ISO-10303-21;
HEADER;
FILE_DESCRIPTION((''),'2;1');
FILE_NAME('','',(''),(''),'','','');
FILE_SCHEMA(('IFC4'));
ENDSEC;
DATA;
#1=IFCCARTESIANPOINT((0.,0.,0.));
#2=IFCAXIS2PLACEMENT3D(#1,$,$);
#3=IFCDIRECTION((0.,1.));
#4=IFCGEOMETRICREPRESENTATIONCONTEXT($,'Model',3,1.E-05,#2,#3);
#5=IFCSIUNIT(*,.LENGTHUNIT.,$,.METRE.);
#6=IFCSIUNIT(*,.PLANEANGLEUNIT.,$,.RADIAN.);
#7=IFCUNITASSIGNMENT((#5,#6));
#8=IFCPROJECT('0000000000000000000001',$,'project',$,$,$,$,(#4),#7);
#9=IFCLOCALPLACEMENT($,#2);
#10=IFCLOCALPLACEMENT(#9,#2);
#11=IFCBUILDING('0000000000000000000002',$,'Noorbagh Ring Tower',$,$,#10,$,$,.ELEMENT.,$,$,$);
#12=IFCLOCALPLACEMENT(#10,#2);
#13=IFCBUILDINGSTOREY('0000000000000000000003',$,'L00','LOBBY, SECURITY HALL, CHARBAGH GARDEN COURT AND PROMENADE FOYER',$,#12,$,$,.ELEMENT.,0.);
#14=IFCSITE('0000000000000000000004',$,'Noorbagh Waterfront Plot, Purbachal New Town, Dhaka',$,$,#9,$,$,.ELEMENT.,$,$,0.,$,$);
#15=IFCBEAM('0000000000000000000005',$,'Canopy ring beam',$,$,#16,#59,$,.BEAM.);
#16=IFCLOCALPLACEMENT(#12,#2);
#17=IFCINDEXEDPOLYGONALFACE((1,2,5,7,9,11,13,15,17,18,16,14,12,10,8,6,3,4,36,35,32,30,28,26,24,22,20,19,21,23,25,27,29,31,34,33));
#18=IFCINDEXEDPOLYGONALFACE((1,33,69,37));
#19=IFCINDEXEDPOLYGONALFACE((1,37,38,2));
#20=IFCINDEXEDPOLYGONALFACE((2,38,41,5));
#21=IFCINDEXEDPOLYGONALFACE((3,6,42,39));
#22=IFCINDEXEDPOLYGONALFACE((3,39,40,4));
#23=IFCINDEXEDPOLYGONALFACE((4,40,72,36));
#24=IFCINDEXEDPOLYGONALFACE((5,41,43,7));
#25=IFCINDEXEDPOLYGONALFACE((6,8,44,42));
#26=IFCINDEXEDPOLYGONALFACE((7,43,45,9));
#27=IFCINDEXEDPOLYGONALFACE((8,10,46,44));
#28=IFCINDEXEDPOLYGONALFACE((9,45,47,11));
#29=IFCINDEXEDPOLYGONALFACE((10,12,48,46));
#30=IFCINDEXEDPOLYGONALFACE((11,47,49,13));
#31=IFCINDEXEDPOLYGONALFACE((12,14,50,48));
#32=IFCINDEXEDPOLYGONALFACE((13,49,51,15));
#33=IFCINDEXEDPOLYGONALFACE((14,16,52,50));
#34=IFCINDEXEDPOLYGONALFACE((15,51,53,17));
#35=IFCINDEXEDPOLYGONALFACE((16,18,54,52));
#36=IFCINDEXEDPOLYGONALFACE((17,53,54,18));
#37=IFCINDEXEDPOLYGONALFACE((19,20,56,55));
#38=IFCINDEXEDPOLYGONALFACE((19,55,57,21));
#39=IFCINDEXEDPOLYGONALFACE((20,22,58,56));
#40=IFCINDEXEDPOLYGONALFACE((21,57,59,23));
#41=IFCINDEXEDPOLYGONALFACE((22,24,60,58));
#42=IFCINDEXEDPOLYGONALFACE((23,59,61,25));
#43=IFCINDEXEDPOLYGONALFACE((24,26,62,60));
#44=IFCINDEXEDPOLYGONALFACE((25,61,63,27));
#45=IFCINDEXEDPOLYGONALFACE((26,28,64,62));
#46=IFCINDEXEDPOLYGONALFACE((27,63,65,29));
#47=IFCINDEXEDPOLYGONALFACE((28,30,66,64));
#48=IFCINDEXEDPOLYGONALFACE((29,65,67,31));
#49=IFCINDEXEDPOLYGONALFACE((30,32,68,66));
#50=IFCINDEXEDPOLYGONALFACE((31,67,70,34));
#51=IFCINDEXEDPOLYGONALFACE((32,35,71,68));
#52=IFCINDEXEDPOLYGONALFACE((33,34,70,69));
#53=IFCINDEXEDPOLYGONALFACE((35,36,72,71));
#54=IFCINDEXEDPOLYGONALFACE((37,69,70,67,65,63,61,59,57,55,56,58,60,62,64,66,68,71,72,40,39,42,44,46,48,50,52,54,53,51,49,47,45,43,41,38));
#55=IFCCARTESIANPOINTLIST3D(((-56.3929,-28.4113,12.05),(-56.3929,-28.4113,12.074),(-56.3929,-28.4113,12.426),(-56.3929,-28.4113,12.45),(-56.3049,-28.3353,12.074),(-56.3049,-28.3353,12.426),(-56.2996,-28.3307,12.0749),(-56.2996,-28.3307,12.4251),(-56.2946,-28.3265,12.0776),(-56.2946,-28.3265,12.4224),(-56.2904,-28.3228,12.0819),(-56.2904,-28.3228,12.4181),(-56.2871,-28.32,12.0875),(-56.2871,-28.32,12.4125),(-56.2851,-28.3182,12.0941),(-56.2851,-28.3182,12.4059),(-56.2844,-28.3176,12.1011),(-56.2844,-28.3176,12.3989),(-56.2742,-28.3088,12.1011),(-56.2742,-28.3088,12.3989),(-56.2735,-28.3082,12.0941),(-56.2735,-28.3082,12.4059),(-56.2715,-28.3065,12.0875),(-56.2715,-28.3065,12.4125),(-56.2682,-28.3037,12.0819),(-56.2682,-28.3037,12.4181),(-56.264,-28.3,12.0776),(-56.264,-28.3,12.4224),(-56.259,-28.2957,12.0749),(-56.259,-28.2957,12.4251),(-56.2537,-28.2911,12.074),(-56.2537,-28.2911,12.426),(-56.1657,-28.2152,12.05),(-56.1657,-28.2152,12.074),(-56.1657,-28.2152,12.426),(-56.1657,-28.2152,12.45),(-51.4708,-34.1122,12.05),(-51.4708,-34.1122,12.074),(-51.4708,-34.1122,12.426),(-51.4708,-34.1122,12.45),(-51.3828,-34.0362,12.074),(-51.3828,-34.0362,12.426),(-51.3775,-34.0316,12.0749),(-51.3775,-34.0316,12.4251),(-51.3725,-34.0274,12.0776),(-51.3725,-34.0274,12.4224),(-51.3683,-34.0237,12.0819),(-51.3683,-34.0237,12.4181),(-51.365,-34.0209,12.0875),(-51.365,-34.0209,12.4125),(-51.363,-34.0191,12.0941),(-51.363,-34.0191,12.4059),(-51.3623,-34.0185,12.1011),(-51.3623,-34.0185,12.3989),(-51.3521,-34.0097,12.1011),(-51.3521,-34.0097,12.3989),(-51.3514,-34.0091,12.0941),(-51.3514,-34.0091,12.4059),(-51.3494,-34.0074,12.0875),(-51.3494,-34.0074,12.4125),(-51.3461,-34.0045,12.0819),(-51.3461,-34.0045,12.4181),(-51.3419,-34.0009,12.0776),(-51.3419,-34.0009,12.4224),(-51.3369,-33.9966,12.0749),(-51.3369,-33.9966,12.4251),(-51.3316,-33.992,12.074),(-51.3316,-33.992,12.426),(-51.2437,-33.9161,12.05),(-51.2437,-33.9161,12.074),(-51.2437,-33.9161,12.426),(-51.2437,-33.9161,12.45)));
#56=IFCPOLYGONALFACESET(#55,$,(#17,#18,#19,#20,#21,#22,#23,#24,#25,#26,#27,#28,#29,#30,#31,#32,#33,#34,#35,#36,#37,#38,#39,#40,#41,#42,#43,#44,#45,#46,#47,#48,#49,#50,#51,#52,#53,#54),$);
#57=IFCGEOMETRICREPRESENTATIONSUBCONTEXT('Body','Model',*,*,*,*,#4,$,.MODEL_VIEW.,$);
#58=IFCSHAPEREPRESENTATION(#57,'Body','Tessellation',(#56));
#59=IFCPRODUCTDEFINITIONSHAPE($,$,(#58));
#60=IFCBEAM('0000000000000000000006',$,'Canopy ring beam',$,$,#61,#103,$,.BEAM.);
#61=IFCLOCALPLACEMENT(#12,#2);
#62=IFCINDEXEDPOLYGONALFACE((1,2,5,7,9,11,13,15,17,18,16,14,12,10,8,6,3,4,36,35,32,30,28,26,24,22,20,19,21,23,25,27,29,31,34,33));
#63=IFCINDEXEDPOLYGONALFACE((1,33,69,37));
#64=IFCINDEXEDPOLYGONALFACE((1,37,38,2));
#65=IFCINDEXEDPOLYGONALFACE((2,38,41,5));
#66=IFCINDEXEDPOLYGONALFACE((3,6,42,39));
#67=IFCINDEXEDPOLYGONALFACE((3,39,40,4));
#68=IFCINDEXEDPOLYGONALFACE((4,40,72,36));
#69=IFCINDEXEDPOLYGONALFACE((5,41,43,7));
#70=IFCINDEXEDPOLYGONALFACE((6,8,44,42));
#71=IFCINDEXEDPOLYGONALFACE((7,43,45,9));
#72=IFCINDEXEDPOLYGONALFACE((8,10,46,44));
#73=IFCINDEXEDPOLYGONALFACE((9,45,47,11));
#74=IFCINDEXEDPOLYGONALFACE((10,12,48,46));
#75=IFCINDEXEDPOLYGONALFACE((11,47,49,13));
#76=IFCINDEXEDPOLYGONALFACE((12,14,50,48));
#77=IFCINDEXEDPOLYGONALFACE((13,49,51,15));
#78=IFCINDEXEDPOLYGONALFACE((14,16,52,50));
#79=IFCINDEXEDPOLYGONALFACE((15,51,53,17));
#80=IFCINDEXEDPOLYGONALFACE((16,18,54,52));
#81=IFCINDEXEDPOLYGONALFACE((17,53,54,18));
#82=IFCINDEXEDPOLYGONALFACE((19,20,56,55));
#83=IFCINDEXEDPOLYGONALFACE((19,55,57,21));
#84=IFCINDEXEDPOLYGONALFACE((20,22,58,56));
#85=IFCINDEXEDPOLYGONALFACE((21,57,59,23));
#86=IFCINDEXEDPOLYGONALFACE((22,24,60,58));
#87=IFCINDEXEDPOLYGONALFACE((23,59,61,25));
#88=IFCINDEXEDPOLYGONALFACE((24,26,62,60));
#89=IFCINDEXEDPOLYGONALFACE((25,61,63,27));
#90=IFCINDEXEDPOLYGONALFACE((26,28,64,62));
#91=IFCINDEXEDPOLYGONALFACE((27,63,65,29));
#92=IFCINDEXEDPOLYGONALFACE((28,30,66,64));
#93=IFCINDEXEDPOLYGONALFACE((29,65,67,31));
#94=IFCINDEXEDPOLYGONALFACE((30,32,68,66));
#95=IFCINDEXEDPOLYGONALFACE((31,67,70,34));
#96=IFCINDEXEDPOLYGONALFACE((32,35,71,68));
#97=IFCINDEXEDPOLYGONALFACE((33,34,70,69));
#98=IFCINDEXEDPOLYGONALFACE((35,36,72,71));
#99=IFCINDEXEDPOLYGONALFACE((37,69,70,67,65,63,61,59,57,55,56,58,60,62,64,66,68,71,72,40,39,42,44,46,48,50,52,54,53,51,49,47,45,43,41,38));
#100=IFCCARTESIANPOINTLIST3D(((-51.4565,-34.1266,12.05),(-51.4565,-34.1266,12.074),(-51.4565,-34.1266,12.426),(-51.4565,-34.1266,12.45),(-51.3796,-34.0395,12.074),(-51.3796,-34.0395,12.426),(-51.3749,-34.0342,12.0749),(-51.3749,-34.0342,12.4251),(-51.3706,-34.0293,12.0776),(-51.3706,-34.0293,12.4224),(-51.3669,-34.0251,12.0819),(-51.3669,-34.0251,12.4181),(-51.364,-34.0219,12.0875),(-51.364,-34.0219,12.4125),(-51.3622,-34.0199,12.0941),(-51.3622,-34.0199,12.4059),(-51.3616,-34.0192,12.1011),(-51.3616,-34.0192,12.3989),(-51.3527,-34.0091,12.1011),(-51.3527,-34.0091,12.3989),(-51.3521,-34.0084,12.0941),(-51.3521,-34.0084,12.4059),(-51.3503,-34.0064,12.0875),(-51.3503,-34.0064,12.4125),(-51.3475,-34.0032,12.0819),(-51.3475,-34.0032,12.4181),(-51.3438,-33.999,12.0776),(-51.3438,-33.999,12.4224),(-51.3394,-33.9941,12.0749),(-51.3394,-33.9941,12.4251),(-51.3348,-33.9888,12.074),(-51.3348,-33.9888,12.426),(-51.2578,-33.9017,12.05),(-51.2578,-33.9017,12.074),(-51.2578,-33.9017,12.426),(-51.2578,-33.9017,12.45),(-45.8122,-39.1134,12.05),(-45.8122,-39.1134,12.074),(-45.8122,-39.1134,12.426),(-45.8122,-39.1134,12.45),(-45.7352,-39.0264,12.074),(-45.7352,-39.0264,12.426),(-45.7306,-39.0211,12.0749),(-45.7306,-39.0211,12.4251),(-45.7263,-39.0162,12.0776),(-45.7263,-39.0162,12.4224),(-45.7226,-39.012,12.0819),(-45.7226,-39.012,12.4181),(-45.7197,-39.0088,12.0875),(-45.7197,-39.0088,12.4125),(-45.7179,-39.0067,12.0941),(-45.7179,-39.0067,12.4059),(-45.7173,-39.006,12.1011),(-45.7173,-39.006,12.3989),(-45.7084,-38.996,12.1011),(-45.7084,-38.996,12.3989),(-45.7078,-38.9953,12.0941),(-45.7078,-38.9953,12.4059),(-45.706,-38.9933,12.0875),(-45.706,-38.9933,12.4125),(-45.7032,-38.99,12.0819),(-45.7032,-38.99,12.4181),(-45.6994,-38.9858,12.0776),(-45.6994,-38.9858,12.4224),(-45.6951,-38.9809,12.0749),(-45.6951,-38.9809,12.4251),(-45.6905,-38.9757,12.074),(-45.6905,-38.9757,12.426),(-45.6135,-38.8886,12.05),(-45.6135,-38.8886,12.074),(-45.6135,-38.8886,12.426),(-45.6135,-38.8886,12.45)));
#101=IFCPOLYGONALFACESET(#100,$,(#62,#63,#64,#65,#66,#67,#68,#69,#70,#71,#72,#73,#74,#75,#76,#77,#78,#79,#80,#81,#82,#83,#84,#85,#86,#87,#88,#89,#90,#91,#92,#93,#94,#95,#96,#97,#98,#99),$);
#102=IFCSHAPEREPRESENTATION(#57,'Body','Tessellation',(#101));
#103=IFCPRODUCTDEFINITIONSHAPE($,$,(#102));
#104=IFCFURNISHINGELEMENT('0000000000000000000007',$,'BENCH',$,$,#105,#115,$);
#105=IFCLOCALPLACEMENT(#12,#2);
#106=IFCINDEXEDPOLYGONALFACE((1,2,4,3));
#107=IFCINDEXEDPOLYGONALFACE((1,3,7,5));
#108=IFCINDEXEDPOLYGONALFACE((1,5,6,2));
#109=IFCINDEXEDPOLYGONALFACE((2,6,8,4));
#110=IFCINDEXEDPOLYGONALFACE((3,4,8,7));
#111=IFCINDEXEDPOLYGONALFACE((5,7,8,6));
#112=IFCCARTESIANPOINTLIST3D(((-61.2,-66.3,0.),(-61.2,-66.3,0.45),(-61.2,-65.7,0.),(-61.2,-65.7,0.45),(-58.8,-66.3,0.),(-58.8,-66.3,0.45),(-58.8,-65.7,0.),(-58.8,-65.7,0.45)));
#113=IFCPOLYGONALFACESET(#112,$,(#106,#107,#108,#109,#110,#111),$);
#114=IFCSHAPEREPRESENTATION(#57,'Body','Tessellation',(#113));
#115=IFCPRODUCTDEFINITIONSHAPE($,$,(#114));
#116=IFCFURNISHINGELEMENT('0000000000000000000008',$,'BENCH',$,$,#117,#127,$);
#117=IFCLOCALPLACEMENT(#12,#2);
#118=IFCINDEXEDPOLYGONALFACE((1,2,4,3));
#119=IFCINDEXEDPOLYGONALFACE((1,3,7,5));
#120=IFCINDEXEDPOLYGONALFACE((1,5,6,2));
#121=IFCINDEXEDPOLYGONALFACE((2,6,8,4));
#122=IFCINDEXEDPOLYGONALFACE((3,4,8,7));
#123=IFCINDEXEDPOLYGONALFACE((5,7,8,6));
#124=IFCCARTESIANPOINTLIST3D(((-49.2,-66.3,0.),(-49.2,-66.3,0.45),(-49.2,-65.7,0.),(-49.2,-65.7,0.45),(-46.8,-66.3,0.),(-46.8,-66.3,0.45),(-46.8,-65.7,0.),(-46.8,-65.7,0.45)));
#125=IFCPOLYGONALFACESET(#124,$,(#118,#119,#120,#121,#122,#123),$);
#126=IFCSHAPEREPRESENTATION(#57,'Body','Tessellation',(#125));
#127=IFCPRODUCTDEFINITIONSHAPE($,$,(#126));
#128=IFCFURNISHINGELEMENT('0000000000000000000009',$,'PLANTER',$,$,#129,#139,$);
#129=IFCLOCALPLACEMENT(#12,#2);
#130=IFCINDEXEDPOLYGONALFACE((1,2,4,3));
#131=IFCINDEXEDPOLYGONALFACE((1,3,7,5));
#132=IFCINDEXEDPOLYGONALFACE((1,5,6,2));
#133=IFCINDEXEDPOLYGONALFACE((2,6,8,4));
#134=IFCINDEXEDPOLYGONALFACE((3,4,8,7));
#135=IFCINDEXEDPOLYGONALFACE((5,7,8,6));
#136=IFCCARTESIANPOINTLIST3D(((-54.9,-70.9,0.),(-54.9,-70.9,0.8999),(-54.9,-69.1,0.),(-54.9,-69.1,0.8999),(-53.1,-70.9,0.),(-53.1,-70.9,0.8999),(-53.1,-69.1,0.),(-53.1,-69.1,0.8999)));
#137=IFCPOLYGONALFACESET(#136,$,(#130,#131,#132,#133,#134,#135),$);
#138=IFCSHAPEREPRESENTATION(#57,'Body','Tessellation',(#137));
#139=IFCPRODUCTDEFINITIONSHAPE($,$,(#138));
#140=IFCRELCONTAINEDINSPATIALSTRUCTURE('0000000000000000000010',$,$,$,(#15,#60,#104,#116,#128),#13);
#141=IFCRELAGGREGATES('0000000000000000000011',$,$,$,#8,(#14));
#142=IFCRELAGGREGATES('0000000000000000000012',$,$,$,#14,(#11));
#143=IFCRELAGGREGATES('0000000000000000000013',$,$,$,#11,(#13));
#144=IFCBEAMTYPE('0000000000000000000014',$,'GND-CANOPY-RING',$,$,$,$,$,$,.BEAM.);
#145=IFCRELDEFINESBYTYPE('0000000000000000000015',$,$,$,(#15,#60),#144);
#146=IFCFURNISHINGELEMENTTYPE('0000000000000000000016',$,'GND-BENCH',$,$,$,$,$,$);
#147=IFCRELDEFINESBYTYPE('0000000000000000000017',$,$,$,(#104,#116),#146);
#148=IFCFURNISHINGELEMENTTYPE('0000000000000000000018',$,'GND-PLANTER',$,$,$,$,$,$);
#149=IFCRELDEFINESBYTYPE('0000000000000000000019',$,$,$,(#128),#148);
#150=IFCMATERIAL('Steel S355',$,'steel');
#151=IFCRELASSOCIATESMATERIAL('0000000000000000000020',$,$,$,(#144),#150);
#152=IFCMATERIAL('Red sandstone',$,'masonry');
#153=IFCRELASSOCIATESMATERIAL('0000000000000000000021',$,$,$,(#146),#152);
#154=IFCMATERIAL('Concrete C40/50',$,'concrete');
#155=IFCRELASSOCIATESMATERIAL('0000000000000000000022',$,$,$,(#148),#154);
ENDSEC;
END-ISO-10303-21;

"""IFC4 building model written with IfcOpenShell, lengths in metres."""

from ifc_helpers import new_model, si_unit, direction, frame, origin, origin_2d, place, context, subcontext, project, spatial, rectangle, i_section, extrude, material, material_profile, profile_set, type_object, element, save


model = new_model("IFC4")

# Units and contexts
model_context = context("Model", 3, precision=1e-05, world=origin(), true_north=direction((0.0, 1.0)))
body_context = subcontext(model_context, "Body", "Model", "MODEL_VIEW")
ifc_project = project(units=[si_unit("LENGTHUNIT", "METRE"), si_unit("PLANEANGLEUNIT", "RADIAN")], contexts=[model_context])

# Site, building, storey
site_placement = place(None, origin())
site = spatial("IfcSite", under=ifc_project, at=site_placement, Name="Noorbagh Waterfront Plot, Purbachal New Town, Dhaka", CompositionType="ELEMENT", RefElevation=0.0)
building_placement = place(site_placement, origin())
building = spatial("IfcBuilding", under=site, at=building_placement, Name="Noorbagh Ring Tower", CompositionType="ELEMENT")
storey_placement = place(building_placement, origin())
storey = spatial("IfcBuildingStorey", under=building, at=storey_placement, Name="L00", Description="LOBBY, SECURITY HALL, CHARBAGH GARDEN COURT AND PROMENADE FOYER", CompositionType="ELEMENT", Elevation=0.0)

# Beams
ifc_material_1 = material(Name="Steel S355", Category="steel")
ifc_material_profile_1 = material_profile(ifc_material_1, i_section(OverallWidth=0.3, OverallDepth=0.3999, WebThickness=0.0134, FlangeThickness=0.0239, FilletRadius=0.0271, at=origin_2d()), Name="HEB400")
ifc_profile_set_1 = profile_set([ifc_material_profile_1], Name="Steel S355")
beam_type = type_object("IfcBeamType", Name="GND-CANOPY-RING", PredefinedType="BEAM", material=ifc_profile_set_1)
for number, where, z_axis, x_axis, name in (
    (1, (-56.2793, -28.3132, 12.25), (0.653513, -0.756916, 0.0), (0.756916, 0.653513, 0.0), "Canopy ring beam"),
    (2, (-51.3572, -34.0142, 12.25), (0.749405, -0.662111, 0.0), (0.662111, 0.749405, 0.0), "Canopy ring beam"),
):
    element("IfcBeam", number, at=place(storey_placement, frame(where, z_axis=z_axis, x_axis=x_axis)), inside=storey, type_object=beam_type, Name=name, PredefinedType="BEAM", context=body_context, shape_type="SweptSolid", body=[
        extrude(i_section(OverallWidth=0.3, OverallDepth=0.3999, WebThickness=0.0134, FlangeThickness=0.0239, FilletRadius=0.0271, at=origin_2d()), origin(), (0.0, 0.0, 1.0), 7.5317),
    ])

# Furnishing elements
ifc_material_2 = material(Name="Red sandstone", Category="masonry")
furnishing_element_type_1 = type_object("IfcFurnishingElementType", Name="GND-BENCH", material=ifc_material_2)
for number, where, z_axis, x_axis, name in (
    (3, (-60.0, -66.0, 0.0), (0.0, 0.0, 1.0), (1.0, 0.0, 0.0), "BENCH"),
    (4, (-48.0, -66.0, 0.0), (0.0, 0.0, 1.0), (1.0, 0.0, 0.0), "BENCH"),
):
    element("IfcFurnishingElement", number, at=place(storey_placement, frame(where, z_axis=z_axis, x_axis=x_axis)), inside=storey, type_object=furnishing_element_type_1, Name=name, context=body_context, shape_type="SweptSolid", body=[
        extrude(rectangle(XDim=2.3999, YDim=0.6001, at=origin_2d()), origin(), (0.0, 0.0, 1.0), 0.45),
    ])
ifc_material_3 = material(Name="Concrete C40/50", Category="concrete")
furnishing_element_type_2 = type_object("IfcFurnishingElementType", Name="GND-PLANTER", material=ifc_material_3)
furnishing_placement = place(storey_placement, frame((-54.0, -70.0, 0.0), z_axis=(0.0, 0.0, 1.0), x_axis=(1.0, 0.0, 0.0)))
element("IfcFurnishingElement", 5, at=furnishing_placement, inside=storey, type_object=furnishing_element_type_2, Name="PLANTER", context=body_context, shape_type="SweptSolid", body=[
    extrude(rectangle(XDim=1.8, YDim=1.8, at=origin_2d()), origin(), (0.0, 0.0, 1.0), 0.8999),
])

save(model, "model.ifc")
